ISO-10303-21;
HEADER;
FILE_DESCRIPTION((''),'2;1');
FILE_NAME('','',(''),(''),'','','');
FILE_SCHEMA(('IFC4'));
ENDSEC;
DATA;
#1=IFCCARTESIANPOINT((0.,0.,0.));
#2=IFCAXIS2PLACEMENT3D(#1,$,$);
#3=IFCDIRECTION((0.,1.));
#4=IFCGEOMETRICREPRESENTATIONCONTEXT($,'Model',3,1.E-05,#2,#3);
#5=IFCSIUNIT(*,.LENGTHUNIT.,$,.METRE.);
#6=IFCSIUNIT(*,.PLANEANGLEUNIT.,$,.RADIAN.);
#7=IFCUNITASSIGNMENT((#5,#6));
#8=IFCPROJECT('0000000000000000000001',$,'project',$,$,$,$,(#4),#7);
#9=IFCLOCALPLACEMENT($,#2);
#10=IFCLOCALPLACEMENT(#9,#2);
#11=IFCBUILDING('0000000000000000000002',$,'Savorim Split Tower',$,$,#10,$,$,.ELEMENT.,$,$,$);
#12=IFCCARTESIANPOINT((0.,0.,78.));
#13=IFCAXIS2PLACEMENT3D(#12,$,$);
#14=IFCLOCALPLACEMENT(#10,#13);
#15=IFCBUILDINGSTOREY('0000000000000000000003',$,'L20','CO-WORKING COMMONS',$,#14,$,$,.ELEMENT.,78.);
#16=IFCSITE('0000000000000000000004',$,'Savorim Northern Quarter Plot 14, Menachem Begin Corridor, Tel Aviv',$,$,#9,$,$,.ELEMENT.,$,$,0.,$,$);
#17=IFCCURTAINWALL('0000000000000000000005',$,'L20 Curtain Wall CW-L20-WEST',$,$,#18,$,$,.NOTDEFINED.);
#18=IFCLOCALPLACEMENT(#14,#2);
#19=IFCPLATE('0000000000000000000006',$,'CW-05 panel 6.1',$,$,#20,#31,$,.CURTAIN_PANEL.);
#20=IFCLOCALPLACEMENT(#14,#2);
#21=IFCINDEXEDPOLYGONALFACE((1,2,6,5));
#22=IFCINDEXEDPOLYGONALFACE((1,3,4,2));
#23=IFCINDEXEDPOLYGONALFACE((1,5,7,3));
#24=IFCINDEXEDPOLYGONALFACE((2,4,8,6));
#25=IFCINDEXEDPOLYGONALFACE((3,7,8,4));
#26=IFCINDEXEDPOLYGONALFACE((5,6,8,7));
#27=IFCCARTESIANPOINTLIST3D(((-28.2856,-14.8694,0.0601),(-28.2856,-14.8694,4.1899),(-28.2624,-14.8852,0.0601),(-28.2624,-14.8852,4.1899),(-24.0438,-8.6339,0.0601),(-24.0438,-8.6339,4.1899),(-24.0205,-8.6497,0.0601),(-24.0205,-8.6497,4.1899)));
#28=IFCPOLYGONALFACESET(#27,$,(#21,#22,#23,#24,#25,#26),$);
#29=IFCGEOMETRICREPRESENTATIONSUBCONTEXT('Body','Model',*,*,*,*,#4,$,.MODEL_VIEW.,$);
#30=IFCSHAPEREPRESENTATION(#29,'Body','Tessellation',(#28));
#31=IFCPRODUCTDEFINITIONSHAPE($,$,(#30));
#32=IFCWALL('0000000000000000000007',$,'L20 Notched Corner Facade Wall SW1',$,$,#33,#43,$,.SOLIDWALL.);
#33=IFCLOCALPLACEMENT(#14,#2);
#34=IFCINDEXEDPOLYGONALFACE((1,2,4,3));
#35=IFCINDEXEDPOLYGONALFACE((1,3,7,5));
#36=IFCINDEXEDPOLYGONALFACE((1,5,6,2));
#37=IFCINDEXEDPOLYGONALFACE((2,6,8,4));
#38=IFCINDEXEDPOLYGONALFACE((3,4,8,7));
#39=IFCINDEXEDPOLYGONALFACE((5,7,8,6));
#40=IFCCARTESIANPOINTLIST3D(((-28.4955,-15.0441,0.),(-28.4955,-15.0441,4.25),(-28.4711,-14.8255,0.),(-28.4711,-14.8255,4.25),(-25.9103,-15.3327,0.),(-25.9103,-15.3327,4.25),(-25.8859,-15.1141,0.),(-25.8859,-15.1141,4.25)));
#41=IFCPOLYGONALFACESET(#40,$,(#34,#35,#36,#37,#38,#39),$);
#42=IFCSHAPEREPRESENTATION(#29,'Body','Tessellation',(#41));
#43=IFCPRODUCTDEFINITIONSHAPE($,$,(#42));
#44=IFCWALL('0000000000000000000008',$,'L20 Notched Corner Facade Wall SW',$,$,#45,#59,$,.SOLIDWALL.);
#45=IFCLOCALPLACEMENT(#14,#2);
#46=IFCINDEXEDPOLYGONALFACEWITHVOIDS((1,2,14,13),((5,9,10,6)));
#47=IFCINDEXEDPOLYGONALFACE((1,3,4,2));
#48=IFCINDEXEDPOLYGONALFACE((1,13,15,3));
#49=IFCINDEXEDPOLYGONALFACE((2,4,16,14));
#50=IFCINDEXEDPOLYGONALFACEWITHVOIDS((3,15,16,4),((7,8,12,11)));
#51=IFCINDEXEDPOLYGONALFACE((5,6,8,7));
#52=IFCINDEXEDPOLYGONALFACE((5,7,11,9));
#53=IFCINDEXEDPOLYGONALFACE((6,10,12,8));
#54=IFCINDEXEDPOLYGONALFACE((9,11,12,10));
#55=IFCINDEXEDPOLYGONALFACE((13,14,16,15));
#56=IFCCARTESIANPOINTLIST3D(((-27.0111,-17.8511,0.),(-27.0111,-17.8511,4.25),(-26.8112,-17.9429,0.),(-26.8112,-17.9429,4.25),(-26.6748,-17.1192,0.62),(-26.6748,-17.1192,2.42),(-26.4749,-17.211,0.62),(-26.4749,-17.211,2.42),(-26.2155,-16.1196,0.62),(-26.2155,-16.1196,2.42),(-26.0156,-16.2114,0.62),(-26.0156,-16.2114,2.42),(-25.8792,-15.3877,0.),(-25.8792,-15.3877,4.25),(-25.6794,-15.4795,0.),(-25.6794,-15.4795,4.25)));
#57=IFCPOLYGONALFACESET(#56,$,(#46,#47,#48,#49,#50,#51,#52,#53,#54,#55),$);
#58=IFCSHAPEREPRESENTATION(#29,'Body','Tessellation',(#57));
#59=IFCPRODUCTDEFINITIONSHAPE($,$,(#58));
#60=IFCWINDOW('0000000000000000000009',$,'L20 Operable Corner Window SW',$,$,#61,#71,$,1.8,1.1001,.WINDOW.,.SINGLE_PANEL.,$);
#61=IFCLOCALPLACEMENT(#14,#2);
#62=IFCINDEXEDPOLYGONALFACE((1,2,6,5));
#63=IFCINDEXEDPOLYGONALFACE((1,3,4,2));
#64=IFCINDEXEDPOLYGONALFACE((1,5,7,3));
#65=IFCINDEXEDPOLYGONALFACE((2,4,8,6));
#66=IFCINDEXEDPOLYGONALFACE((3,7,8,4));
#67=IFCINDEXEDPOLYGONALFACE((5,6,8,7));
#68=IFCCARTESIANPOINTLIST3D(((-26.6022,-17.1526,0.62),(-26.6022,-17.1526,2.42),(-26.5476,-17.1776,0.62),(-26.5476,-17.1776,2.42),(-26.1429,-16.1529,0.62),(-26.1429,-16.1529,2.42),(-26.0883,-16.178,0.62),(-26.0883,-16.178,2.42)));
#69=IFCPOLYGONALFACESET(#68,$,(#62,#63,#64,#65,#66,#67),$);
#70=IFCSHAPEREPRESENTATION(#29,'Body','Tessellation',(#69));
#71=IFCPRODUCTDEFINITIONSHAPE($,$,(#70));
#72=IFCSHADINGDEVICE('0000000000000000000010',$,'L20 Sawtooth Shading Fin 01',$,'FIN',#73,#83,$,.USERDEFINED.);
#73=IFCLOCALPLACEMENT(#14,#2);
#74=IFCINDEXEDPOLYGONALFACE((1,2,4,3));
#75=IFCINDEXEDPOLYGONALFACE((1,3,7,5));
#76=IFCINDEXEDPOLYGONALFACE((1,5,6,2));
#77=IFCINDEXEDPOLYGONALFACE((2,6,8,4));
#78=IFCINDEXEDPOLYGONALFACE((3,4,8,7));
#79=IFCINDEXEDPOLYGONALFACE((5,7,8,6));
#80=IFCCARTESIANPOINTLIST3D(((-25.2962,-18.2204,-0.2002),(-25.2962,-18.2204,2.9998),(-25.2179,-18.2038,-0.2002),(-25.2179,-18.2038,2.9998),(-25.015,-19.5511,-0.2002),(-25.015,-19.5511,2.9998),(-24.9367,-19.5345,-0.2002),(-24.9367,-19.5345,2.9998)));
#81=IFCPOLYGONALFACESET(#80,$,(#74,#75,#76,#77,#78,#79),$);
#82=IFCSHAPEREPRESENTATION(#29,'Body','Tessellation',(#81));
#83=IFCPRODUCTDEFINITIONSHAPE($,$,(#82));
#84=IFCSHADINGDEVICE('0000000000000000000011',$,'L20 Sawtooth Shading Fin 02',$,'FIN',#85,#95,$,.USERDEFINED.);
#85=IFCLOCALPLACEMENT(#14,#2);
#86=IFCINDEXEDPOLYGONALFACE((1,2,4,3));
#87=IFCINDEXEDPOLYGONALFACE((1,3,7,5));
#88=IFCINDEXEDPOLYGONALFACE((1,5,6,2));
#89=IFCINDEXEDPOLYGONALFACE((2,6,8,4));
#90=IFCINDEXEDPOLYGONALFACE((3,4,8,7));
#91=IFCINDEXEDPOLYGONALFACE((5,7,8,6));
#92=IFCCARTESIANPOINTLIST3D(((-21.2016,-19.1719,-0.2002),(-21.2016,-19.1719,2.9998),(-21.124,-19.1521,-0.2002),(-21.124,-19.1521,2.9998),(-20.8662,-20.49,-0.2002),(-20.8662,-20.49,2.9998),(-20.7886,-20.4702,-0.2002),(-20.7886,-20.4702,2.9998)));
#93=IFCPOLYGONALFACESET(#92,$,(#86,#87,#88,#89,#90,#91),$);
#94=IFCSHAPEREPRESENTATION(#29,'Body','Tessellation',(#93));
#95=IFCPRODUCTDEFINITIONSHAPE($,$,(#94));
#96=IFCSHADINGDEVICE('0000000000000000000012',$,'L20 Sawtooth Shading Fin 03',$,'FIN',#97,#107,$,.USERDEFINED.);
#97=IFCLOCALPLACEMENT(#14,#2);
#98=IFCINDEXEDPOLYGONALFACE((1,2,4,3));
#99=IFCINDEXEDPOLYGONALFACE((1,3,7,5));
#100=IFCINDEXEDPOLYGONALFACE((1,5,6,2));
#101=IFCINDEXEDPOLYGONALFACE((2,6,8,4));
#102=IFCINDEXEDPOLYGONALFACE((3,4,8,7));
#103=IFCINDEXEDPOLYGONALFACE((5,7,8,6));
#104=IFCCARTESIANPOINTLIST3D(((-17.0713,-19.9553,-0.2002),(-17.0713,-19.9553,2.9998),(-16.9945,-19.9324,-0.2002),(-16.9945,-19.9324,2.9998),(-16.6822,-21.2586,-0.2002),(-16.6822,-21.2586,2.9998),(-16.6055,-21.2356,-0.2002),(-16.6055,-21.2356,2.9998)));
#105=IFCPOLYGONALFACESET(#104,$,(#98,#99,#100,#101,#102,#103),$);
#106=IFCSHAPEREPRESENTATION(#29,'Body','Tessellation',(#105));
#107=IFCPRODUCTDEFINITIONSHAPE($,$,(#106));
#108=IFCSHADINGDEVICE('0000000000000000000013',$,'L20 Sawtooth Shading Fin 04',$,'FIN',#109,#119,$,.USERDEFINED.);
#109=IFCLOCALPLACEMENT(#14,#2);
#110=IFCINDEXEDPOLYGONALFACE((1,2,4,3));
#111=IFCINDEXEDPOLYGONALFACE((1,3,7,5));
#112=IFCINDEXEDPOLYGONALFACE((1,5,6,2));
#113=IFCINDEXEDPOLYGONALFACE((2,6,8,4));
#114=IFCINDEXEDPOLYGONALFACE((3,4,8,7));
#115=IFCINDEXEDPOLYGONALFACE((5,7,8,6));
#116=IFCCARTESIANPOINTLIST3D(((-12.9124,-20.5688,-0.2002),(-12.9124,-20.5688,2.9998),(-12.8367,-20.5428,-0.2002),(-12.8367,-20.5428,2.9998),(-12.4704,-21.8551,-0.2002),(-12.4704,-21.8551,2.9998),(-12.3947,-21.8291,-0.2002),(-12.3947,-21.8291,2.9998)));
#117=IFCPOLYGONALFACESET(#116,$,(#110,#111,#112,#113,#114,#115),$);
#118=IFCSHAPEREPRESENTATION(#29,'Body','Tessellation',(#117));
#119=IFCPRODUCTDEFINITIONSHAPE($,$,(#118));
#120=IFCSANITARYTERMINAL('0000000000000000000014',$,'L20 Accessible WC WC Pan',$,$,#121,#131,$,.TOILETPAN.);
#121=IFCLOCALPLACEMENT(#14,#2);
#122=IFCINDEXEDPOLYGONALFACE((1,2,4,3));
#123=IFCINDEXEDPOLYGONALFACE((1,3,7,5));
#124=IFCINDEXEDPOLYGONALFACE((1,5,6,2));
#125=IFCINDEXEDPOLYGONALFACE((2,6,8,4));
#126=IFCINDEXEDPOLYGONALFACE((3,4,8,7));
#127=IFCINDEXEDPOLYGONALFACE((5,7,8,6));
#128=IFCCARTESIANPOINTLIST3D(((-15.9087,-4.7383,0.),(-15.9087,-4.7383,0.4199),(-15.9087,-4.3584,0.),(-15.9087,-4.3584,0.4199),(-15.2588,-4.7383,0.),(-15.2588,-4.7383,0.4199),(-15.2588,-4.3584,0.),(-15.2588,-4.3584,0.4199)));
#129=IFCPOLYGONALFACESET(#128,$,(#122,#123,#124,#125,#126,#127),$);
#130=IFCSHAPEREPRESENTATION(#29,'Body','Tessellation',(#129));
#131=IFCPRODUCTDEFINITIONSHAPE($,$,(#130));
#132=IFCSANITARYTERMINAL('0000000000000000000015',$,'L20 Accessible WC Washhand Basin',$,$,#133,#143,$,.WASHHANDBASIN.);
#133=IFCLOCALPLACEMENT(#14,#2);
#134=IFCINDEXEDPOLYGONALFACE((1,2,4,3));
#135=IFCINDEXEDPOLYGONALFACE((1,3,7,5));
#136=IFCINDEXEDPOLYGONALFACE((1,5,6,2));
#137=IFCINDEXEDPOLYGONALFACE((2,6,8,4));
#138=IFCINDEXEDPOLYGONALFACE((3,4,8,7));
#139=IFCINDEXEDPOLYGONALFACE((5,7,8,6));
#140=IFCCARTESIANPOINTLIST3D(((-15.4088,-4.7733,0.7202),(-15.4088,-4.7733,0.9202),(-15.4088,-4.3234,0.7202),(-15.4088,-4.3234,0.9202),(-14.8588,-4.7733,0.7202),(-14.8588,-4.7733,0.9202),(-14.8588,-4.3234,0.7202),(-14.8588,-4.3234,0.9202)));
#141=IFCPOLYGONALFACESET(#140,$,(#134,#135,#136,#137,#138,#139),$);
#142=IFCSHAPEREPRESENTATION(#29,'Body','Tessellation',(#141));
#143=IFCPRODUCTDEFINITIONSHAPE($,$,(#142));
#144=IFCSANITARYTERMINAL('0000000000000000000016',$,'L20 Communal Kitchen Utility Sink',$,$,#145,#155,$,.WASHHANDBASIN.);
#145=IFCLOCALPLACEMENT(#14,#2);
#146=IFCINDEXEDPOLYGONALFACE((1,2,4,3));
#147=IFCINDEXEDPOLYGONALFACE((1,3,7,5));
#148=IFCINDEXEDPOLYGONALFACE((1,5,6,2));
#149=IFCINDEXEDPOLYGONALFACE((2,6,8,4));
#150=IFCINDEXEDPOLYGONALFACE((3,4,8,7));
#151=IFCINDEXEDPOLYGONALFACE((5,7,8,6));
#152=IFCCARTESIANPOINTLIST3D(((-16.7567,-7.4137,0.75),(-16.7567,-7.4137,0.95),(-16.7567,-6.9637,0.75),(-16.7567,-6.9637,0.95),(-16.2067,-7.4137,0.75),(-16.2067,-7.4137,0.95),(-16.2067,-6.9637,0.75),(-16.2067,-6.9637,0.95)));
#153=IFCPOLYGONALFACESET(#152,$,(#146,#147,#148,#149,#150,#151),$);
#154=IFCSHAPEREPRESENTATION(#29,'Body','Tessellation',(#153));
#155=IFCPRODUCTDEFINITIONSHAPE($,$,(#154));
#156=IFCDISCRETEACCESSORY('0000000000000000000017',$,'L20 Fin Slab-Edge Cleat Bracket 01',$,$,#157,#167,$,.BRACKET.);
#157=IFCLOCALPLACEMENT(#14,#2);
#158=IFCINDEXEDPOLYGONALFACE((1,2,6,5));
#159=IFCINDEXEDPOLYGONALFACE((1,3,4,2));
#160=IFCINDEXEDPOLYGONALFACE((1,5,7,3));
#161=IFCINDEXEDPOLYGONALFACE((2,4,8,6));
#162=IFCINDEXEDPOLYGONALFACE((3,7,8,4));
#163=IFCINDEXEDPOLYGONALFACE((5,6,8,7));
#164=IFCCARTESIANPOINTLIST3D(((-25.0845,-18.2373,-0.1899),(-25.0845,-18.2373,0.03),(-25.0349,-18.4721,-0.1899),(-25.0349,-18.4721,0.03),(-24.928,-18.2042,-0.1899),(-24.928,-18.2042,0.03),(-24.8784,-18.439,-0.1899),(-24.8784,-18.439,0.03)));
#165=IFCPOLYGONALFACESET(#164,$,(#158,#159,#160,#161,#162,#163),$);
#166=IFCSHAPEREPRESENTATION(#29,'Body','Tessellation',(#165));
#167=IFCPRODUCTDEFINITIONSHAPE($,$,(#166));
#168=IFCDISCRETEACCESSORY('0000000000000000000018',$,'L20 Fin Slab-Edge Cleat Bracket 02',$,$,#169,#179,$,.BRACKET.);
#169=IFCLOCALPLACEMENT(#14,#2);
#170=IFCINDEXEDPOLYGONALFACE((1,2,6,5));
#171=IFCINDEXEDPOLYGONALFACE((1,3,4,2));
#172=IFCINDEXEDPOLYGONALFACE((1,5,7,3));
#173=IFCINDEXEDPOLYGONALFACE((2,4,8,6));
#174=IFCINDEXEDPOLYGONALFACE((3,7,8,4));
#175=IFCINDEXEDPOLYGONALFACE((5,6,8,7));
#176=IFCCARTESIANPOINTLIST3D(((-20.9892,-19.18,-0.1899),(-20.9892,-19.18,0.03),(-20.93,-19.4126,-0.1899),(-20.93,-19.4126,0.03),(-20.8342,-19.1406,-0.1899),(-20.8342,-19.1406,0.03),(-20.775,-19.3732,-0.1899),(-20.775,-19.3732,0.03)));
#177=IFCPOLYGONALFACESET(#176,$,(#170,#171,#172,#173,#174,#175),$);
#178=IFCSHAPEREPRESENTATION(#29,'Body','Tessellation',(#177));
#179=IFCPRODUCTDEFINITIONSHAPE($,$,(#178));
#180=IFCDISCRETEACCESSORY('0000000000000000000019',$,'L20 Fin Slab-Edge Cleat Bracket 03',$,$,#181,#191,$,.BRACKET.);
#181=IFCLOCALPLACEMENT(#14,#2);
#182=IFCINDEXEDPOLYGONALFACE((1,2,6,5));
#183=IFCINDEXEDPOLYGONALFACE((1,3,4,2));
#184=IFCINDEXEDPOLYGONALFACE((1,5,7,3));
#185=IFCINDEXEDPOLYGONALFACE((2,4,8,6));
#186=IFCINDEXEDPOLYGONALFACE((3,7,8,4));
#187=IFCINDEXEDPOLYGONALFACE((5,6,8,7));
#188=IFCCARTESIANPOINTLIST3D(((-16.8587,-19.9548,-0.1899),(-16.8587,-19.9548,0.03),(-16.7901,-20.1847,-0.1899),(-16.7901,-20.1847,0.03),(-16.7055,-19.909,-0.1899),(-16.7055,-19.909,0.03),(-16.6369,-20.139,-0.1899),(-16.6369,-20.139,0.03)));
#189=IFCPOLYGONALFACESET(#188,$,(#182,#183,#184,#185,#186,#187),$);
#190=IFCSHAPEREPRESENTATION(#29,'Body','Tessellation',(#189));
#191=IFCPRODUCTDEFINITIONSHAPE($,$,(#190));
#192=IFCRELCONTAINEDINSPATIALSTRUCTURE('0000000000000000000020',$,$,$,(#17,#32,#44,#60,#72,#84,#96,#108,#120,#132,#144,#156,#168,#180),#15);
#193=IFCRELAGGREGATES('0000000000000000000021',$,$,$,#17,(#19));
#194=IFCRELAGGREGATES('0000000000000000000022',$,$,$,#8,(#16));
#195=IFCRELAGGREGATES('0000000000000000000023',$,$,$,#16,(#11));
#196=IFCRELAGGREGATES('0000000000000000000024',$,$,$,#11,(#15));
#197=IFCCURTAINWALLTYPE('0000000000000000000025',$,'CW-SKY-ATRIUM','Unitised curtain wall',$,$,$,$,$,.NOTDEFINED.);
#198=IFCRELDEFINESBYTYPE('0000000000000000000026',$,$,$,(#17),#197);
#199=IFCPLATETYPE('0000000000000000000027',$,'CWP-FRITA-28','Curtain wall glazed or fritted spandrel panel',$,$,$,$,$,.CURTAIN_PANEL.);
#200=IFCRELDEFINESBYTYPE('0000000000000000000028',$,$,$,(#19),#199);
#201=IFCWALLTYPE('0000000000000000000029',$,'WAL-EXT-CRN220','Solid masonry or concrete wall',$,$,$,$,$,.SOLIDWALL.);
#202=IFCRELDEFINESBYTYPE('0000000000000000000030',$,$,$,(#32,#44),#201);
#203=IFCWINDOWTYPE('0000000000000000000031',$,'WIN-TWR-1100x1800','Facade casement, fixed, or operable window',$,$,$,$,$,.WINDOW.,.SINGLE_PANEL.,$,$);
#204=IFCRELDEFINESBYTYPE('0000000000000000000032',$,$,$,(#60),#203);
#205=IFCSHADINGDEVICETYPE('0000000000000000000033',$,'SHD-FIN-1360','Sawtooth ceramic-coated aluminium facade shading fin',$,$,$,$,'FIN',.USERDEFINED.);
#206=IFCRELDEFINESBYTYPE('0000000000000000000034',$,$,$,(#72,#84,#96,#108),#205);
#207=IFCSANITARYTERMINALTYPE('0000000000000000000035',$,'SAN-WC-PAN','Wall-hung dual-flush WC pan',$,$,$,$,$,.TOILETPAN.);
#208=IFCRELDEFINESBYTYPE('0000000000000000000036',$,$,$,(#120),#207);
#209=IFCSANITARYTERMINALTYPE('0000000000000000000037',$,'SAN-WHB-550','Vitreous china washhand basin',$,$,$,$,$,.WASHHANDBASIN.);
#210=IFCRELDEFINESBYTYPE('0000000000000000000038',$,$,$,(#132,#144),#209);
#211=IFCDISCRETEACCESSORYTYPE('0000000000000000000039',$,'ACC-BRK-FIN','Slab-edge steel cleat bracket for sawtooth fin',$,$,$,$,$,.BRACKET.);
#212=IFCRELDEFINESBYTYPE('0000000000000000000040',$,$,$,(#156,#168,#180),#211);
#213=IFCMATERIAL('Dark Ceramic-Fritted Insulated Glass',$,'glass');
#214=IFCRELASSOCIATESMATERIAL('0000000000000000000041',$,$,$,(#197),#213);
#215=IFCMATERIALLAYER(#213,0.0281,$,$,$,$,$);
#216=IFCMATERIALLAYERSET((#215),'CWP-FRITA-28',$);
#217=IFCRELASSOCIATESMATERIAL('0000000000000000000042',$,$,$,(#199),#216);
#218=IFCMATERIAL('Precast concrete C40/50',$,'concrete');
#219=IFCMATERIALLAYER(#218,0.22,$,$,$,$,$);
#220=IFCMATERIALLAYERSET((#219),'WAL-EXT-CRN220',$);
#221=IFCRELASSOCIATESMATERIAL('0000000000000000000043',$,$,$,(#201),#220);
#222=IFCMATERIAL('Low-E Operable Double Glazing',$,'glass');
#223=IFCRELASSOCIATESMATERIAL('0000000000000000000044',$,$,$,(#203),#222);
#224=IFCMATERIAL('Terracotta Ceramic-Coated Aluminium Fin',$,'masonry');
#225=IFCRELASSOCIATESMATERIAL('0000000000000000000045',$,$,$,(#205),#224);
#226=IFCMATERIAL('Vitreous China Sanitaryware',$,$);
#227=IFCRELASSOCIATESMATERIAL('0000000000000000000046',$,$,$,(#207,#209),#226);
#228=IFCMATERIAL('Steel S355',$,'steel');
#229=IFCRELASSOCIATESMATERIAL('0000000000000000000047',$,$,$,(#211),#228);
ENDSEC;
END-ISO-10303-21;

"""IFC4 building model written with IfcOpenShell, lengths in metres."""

from ifc_helpers import new_model, si_unit, direction, frame, frame_2d, origin, origin_2d, place, context, subcontext, project, spatial, rectangle, extrude, material, layer, layer_set, type_object, element, fill, aggregate, save


model = new_model("IFC4")

# Units and contexts
model_context = context("Model", 3, precision=1e-05, world=origin(), true_north=direction((0.0, 1.0)))
body_context = subcontext(model_context, "Body", "Model", "MODEL_VIEW")
ifc_project = project(units=[si_unit("LENGTHUNIT", "METRE"), si_unit("PLANEANGLEUNIT", "RADIAN")], contexts=[model_context])

# Site, building, storey
site_placement = place(None, origin())
site = spatial("IfcSite", under=ifc_project, at=site_placement, Name="Savorim Northern Quarter Plot 14, Menachem Begin Corridor, Tel Aviv", CompositionType="ELEMENT", RefElevation=0.0)
building_placement = place(site_placement, origin())
building = spatial("IfcBuilding", under=site, at=building_placement, Name="Savorim Split Tower", CompositionType="ELEMENT")
storey_placement = place(building_placement, frame((0.0, 0.0, 78.0)))
storey = spatial("IfcBuildingStorey", under=building, at=storey_placement, Name="L20", Description="CO-WORKING COMMONS", CompositionType="ELEMENT", Elevation=78.0)

# Shared definitions
ifc_material_1 = material(Name="Steel S355", Category="steel")

# Shared definitions
ifc_material_2 = material(Name="Dark Ceramic-Fritted Insulated Glass", Category="glass")
curtain_wall_type = type_object("IfcCurtainWallType", Name="CW-SKY-ATRIUM", Description="Unitised curtain wall", PredefinedType="NOTDEFINED", material=ifc_material_2)

# Curtain wall
curtain_wall_1_placement = place(storey_placement, origin())
curtain_wall_1 = element("IfcCurtainWall", 1, at=curtain_wall_1_placement, inside=storey, type_object=curtain_wall_type, Name="L20 Curtain Wall CW-L20-WEST", PredefinedType="NOTDEFINED")

# Plate
ifc_layer_1 = layer(ifc_material_2, 0.0281)
ifc_layer_set_1 = layer_set([ifc_layer_1], Name="CWP-FRITA-28")
plate_type = type_object("IfcPlateType", Name="CWP-FRITA-28", Description="Curtain wall glazed or fritted spandrel panel", PredefinedType="CURTAIN_PANEL", material=ifc_layer_set_1)
plate_1_placement = place(storey_placement, frame((-26.1531, -11.7595, 0.0601), z_axis=(0.0, 0.0, 1.0), x_axis=(-0.562467, -0.82682, 0.0)))
plate_1 = element("IfcPlate", 2, at=plate_1_placement, type_object=plate_type, Name="CW-05 panel 6.1", PredefinedType="CURTAIN_PANEL", context=body_context, shape_type="SweptSolid", body=[
    extrude(rectangle(XDim=7.5415, YDim=0.0281, at=origin_2d()), origin(), (0.0, 0.0, 1.0), 4.1299),
])
aggregate(curtain_wall_1, [plate_1])

# Wall
ifc_material_3 = material(Name="Precast concrete C40/50", Category="concrete")
ifc_layer_2 = layer(ifc_material_3, 0.22)
ifc_layer_set_2 = layer_set([ifc_layer_2], Name="WAL-EXT-CRN220")
wall_type = type_object("IfcWallType", Name="WAL-EXT-CRN220", Description="Solid masonry or concrete wall", PredefinedType="SOLIDWALL", material=ifc_layer_set_2)
wall_1_placement = place(storey_placement, frame((-25.8979, -15.2234, 0.0), z_axis=(0.0, 0.0, 1.0), x_axis=(-0.993828, 0.110936, 0.0)))
element("IfcWall", 3, at=wall_1_placement, inside=storey, type_object=wall_type, Name="L20 Notched Corner Facade Wall SW1", PredefinedType="SOLIDWALL", context=body_context, shape_type="SweptSolid", body=[
    extrude(rectangle(XDim=2.6013, YDim=0.22, at=frame_2d((1.3008, 0.0))), origin(), (0.0, 0.0, 1.0), 4.25),
])

# Wall, opening, window
wall_2_placement = place(storey_placement, frame((-26.9111, -17.897, 0.0), z_axis=(0.0, 0.0, 1.0), x_axis=(0.417504, 0.908675, 0.0)))
wall_2 = element("IfcWall", 4, at=wall_2_placement, inside=storey, type_object=wall_type, Name="L20 Notched Corner Facade Wall SW", PredefinedType="SOLIDWALL", context=body_context, shape_type="SweptSolid", body=[
    extrude(rectangle(XDim=2.7109, YDim=0.22, at=frame_2d((1.3555, 0.0))), origin(), (0.0, 0.0, 1.0), 4.25),
])
opening_placement = place(wall_2_placement, frame((0.8054, 0.0, 0.6201)))
opening = element("IfcOpeningElement", 5, at=opening_placement, cuts=wall_2, PredefinedType="OPENING", context=body_context, shape_type="SweptSolid", body=[
    extrude(rectangle(XDim=1.1001, YDim=1.8, at=frame_2d((0.55, 0.8999))), frame((0.0, 0.1199, 0.0), z_axis=(0.0, -1.0, 0.0), x_axis=(1.0, 0.0, 0.0)), (0.0, 0.0, 1.0), 0.24),
])
ifc_material_4 = material(Name="Low-E Operable Double Glazing", Category="glass")
window_type = type_object("IfcWindowType", Name="WIN-TWR-1100x1800", Description="Facade casement, fixed, or operable window", PartitioningType="SINGLE_PANEL", PredefinedType="WINDOW", material=ifc_material_4)
window_placement = place(opening_placement, origin())
window = element("IfcWindow", 6, at=window_placement, inside=storey, type_object=window_type, Name="L20 Operable Corner Window SW", OverallHeight=1.8, OverallWidth=1.1001, PartitioningType="SINGLE_PANEL", PredefinedType="WINDOW", context=body_context, shape_type="SweptSolid", body=[
    extrude(rectangle(XDim=1.1001, YDim=1.8, at=frame_2d((0.55, 0.8999))), frame((0.0, 0.03, 0.0), z_axis=(0.0, -1.0, 0.0), x_axis=(1.0, 0.0, 0.0)), (0.0, 0.0, 1.0), 0.0601),
])
fill(opening, window)

# Shading devices
ifc_material_5 = material(Name="Terracotta Ceramic-Coated Aluminium Fin", Category="masonry")
shading_device_type = type_object("IfcShadingDeviceType", Name="SHD-FIN-1360", Description="Sawtooth ceramic-coated aluminium facade shading fin", ElementType="FIN", PredefinedType="USERDEFINED", material=ifc_material_5)
for number, where, z_axis, x_axis, name in (
    (7, (-25.1165, -18.8774, -0.2002), (0.0, 0.0, 1.0), (0.206722, -0.9784, 0.0), "L20 Sawtooth Shading Fin 01"),
    (8, (-20.9951, -19.821, -0.2002), (0.0, 0.0, 1.0), (0.246581, -0.969122, 0.0), "L20 Sawtooth Shading Fin 02"),
    (9, (-16.8384, -20.5955, -0.2002), (0.0, 0.0, 1.0), (0.286026, -0.958222, 0.0), "L20 Sawtooth Shading Fin 03"),
    (10, (-12.6536, -21.199, -0.2002), (0.0, 0.0, 1.0), (0.324994, -0.945716, 0.0), "L20 Sawtooth Shading Fin 04"),
):
    element("IfcShadingDevice", number, at=place(storey_placement, frame(where, z_axis=z_axis, x_axis=x_axis)), inside=storey, type_object=shading_device_type, Name=name, ObjectType="FIN", PredefinedType="USERDEFINED", context=body_context, shape_type="SweptSolid", body=[
        extrude(rectangle(XDim=1.3601, YDim=0.0801, at=origin_2d()), origin(), (0.0, 0.0, 1.0), 3.2),
    ])

# Sanitary terminals
ifc_material_6 = material(Name="Vitreous China Sanitaryware")
sanitary_terminal_type_1 = type_object("IfcSanitaryTerminalType", Name="SAN-WC-PAN", Description="Wall-hung dual-flush WC pan", PredefinedType="TOILETPAN", material=ifc_material_6)
sanitary_terminal_placement = place(storey_placement, frame((-15.5837, -4.5483, 0.0), z_axis=(0.0, 0.0, 1.0), x_axis=(1.0, 0.0, 0.0)))
element("IfcSanitaryTerminal", 11, at=sanitary_terminal_placement, inside=storey, type_object=sanitary_terminal_type_1, Name="L20 Accessible WC WC Pan", PredefinedType="TOILETPAN", context=body_context, shape_type="SweptSolid", body=[
    extrude(rectangle(XDim=0.6499, YDim=0.3799, at=origin_2d()), origin(), (0.0, 0.0, 1.0), 0.4199),
])
sanitary_terminal_type_2 = type_object("IfcSanitaryTerminalType", Name="SAN-WHB-550", Description="Vitreous china washhand basin", PredefinedType="WASHHANDBASIN", material=ifc_material_6)
for number, where, z_axis, x_axis, name in (
    (12, (-15.1338, -4.5483, 0.7202), (0.0, 0.0, 1.0), (1.0, 0.0, 0.0), "L20 Accessible WC Washhand Basin"),
    (13, (-16.4817, -7.1887, 0.75), (0.0, 0.0, 1.0), (1.0, 0.0, 0.0), "L20 Communal Kitchen Utility Sink"),
):
    element("IfcSanitaryTerminal", number, at=place(storey_placement, frame(where, z_axis=z_axis, x_axis=x_axis)), inside=storey, type_object=sanitary_terminal_type_2, Name=name, PredefinedType="WASHHANDBASIN", context=body_context, shape_type="SweptSolid", body=[
        extrude(rectangle(XDim=0.55, YDim=0.45, at=origin_2d()), origin(), (0.0, 0.0, 1.0), 0.2),
    ])

# Discrete accessories
discrete_accessory_type = type_object("IfcDiscreteAccessoryType", Name="ACC-BRK-FIN", Description="Slab-edge steel cleat bracket for sawtooth fin", PredefinedType="BRACKET", material=ifc_material_1)
for number, where, z_axis, x_axis, name in (
    (14, (-24.9814, -18.3381, -0.1899), (0.0, 0.0, 1.0), (0.206722, -0.9784, 0.0), "L20 Fin Slab-Edge Cleat Bracket 01"),
    (15, (-20.8821, -19.2766, -0.1899), (0.0, 0.0, 1.0), (0.246581, -0.969122, 0.0), "L20 Fin Slab-Edge Cleat Bracket 02"),
    (16, (-16.7478, -20.0469, -0.1899), (0.0, 0.0, 1.0), (0.286026, -0.958222, 0.0), "L20 Fin Slab-Edge Cleat Bracket 03"),
):
    element("IfcDiscreteAccessory", number, at=place(storey_placement, frame(where, z_axis=z_axis, x_axis=x_axis)), inside=storey, type_object=discrete_accessory_type, Name=name, PredefinedType="BRACKET", context=body_context, shape_type="SweptSolid", body=[
        extrude(rectangle(XDim=0.24, YDim=0.1599, at=origin_2d()), origin(), (0.0, 0.0, 1.0), 0.22),
    ])

save(model, "model.ifc")
